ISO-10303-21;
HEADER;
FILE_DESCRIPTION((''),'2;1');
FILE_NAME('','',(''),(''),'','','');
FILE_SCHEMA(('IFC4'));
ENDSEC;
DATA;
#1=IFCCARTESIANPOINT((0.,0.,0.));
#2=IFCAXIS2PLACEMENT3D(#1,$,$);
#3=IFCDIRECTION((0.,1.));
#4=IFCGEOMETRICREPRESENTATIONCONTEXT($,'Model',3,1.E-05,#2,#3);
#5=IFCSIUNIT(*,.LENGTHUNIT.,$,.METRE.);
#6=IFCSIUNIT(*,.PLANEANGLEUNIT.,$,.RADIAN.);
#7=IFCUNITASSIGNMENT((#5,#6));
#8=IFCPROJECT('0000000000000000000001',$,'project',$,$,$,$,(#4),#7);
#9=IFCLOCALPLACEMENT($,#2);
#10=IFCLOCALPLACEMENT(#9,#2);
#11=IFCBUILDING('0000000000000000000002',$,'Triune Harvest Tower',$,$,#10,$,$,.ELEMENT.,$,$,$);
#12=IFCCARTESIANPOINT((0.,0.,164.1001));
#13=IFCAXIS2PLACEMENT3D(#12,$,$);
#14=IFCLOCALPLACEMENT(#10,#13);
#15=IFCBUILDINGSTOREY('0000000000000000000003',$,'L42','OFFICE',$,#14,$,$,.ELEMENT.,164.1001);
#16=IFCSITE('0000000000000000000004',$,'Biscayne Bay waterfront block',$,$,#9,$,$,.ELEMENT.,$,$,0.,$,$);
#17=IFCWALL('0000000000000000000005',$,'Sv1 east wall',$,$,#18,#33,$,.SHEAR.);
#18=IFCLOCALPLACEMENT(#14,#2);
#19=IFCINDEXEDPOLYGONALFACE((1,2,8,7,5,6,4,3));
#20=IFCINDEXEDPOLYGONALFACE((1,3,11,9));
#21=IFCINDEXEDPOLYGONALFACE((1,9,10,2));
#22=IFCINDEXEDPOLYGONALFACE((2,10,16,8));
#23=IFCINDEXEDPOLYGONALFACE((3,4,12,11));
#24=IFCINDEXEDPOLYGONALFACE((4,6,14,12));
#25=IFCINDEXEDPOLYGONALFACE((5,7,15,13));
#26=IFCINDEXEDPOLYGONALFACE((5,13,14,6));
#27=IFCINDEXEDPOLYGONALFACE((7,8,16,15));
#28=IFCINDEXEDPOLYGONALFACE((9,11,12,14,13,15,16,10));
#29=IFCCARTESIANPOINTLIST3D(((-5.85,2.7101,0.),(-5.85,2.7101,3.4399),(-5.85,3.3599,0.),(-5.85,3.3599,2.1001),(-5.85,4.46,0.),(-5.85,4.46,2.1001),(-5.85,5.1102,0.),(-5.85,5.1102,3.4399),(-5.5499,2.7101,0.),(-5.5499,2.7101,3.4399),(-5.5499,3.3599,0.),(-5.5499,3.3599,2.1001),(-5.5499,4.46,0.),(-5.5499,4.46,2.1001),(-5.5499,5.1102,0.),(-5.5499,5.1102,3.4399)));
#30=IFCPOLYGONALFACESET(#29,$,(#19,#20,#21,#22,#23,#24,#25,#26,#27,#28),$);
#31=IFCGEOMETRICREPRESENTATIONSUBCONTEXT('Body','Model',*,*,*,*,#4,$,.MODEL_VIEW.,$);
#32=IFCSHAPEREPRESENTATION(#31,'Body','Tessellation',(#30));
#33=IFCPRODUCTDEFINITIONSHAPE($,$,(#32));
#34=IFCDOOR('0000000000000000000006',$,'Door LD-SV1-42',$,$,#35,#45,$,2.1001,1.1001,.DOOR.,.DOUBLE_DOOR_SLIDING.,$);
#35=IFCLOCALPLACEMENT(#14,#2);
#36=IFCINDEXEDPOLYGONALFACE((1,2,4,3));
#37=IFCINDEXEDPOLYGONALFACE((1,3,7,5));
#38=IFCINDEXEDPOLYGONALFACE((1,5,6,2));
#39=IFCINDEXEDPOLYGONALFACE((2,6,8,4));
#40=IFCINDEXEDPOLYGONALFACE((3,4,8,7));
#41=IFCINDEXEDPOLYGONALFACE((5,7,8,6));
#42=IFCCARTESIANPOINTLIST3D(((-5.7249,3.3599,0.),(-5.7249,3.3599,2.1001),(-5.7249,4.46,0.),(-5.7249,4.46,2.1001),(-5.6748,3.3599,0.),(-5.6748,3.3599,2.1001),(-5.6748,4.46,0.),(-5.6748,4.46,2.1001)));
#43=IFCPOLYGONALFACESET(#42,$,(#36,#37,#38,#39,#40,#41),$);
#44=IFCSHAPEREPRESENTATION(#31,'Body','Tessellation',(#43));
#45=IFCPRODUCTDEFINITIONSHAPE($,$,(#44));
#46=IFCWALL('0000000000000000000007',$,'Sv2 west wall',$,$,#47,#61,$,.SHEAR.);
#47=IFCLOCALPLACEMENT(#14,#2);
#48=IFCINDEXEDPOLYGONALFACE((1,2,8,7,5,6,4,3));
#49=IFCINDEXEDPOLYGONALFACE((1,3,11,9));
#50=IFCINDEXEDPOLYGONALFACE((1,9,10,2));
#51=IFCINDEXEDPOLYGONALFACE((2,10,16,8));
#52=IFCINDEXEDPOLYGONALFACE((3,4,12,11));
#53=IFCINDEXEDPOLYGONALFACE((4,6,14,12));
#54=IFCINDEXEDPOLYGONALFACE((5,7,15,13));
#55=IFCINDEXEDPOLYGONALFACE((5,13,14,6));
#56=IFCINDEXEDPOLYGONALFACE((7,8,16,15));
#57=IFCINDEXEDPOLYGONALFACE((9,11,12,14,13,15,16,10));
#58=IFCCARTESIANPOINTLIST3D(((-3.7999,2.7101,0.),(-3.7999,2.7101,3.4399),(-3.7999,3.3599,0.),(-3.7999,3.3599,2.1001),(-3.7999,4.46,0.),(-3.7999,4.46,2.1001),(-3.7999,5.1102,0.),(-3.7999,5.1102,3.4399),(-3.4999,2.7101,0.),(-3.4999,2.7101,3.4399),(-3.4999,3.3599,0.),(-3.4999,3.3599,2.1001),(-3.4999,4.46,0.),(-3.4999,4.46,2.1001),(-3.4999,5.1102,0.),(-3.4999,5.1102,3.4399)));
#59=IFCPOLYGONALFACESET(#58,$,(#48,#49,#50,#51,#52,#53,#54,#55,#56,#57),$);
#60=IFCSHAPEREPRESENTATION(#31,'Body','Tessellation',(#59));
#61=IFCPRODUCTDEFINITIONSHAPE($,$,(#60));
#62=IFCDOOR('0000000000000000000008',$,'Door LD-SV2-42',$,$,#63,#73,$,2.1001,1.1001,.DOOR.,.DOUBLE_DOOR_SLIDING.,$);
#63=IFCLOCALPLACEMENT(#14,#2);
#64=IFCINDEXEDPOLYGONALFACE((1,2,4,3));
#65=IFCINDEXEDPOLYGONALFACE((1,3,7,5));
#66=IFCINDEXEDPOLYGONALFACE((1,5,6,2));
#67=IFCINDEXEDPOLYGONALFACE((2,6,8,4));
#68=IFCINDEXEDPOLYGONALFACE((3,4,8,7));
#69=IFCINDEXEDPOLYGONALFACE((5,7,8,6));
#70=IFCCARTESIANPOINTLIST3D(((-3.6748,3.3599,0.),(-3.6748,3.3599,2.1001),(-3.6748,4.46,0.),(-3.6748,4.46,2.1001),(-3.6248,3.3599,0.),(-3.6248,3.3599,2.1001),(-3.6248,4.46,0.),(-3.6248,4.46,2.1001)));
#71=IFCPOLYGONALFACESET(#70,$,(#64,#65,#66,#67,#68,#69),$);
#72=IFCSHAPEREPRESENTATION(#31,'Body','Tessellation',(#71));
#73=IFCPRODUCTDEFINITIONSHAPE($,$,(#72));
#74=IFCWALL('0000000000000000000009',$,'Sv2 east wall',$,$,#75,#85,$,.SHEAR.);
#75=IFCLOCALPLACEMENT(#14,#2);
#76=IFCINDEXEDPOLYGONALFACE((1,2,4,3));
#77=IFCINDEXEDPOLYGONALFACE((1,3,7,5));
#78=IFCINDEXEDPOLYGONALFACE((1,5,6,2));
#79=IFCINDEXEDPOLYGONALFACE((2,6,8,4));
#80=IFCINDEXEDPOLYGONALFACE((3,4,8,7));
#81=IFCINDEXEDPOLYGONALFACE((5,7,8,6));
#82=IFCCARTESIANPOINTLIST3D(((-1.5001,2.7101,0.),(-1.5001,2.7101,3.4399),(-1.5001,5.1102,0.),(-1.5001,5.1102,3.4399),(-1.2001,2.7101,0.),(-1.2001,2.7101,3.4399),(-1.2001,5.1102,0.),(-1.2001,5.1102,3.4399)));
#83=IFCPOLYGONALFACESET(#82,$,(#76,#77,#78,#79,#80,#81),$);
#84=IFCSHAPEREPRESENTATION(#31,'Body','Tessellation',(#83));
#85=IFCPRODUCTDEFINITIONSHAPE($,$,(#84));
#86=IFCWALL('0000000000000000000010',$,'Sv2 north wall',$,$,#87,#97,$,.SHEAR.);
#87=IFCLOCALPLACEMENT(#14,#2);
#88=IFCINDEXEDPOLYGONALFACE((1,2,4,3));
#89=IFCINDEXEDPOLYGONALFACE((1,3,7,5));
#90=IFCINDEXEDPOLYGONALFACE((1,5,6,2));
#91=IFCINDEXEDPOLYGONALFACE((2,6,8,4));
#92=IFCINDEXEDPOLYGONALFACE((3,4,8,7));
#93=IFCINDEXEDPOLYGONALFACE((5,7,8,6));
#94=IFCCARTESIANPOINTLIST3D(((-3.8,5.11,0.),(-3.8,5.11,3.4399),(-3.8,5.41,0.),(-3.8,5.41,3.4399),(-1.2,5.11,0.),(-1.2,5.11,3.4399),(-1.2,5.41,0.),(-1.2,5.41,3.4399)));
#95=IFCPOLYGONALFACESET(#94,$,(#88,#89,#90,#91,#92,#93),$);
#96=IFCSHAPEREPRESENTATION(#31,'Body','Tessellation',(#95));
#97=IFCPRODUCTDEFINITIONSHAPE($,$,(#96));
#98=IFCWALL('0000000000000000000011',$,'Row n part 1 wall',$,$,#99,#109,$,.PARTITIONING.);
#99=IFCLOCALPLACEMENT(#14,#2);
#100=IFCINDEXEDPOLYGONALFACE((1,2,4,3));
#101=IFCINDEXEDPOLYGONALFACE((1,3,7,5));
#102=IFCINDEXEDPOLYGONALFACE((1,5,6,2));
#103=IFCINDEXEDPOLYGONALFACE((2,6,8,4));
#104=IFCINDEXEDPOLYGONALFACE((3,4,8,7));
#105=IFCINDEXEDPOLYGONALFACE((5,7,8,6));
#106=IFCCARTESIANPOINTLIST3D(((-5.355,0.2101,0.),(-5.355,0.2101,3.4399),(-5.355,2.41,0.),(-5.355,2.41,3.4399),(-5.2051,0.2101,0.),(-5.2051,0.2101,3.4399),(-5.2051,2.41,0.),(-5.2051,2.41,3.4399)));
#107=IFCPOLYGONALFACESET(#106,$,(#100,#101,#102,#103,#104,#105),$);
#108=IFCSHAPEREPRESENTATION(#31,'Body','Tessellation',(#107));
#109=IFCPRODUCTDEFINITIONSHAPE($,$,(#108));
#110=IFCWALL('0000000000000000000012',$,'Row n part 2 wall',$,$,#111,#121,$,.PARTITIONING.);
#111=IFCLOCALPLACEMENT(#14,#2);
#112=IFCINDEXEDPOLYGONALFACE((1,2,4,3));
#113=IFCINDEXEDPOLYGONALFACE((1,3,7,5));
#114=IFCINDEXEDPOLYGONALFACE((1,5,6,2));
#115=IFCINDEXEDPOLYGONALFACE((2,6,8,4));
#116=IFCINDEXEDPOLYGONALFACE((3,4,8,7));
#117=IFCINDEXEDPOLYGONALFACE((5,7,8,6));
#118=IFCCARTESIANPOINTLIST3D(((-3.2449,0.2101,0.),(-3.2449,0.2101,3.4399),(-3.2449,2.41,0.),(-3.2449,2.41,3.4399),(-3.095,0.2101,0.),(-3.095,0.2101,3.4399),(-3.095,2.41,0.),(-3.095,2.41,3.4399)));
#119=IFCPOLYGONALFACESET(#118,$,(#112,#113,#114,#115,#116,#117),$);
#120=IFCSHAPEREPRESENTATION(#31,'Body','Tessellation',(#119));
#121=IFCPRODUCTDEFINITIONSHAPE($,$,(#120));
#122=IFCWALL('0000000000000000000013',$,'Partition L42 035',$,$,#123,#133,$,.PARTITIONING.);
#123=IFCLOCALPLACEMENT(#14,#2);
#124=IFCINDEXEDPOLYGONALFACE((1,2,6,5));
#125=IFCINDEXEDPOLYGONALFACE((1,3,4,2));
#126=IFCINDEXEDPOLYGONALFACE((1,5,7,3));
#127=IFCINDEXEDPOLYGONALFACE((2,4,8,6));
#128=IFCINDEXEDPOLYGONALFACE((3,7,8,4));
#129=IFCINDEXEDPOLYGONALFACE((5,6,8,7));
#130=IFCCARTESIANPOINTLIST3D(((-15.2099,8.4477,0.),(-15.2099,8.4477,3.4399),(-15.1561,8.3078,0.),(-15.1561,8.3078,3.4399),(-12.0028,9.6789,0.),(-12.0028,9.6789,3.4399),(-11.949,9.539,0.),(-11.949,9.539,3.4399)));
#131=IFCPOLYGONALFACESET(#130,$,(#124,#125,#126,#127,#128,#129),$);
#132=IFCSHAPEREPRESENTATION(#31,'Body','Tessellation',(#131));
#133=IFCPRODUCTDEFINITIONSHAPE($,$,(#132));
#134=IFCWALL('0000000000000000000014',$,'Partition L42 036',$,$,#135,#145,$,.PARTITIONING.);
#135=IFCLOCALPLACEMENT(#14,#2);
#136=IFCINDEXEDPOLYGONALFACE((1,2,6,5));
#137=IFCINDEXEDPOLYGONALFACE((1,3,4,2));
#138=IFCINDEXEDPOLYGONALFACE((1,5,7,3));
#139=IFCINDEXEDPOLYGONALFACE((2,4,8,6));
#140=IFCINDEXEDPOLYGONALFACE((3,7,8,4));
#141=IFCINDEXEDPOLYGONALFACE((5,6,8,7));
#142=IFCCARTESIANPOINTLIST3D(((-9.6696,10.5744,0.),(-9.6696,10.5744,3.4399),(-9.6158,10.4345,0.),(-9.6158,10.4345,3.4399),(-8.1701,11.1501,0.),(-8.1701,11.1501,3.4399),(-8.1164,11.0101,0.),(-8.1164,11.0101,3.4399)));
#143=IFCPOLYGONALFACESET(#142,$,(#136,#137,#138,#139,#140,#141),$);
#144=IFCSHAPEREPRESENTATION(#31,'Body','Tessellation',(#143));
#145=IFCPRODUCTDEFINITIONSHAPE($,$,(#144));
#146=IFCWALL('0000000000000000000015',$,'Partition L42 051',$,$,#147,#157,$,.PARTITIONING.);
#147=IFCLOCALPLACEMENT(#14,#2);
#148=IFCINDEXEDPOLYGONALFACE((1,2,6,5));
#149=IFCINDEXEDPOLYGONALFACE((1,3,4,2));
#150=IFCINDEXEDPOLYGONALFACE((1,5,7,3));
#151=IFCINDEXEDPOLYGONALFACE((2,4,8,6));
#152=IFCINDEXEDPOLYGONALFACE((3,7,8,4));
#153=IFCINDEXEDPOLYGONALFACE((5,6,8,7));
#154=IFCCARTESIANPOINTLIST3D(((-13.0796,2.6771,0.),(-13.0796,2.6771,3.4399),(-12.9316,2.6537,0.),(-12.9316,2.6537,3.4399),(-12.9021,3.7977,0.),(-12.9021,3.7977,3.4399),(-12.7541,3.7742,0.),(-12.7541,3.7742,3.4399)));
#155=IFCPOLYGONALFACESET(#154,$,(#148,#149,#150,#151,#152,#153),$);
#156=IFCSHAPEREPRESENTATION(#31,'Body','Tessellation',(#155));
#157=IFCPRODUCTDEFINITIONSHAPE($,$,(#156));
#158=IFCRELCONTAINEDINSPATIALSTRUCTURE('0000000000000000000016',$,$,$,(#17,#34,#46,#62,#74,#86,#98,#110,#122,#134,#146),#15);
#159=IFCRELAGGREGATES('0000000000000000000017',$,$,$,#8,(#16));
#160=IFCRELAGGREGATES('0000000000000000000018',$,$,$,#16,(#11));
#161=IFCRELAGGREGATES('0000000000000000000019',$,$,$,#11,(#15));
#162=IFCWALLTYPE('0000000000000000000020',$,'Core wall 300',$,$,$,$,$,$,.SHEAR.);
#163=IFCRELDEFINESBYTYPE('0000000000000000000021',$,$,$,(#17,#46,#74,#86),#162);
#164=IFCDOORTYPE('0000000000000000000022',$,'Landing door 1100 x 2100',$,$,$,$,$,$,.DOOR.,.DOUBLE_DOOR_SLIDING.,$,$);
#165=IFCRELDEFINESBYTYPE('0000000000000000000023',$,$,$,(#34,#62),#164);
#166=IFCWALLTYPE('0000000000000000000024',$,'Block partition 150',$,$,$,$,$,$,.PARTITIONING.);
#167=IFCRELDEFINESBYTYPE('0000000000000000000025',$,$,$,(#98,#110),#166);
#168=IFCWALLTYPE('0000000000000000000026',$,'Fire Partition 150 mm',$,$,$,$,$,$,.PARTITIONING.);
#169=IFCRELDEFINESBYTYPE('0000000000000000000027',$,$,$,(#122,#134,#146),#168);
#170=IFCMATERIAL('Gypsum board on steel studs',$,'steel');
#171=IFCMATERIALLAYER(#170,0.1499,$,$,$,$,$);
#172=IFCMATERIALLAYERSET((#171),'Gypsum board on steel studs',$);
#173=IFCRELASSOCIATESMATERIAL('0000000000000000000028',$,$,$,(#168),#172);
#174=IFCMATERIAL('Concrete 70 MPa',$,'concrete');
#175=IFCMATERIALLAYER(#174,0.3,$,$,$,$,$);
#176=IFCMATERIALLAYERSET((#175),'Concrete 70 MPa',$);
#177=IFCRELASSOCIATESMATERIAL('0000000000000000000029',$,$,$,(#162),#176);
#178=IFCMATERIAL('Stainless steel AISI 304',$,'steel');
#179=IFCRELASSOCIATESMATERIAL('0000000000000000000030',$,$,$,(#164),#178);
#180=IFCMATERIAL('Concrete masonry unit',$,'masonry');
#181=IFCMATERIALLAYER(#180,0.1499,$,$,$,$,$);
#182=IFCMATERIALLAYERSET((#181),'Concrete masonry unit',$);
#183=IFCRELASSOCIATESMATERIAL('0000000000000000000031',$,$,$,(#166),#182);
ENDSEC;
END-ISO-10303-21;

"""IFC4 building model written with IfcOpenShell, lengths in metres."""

from ifc_helpers import new_model, si_unit, direction, frame, frame_2d, origin, place, context, subcontext, project, spatial, rectangle, extrude, source, transform, mapped, material, layer, layer_set, type_object, element, fill, save


model = new_model("IFC4")

# Units and contexts
model_context = context("Model", 3, precision=1e-05, world=origin(), true_north=direction((0.0, 1.0)))
body_context = subcontext(model_context, "Body", "Model", "MODEL_VIEW")
ifc_project = project(units=[si_unit("LENGTHUNIT", "METRE"), si_unit("PLANEANGLEUNIT", "RADIAN")], contexts=[model_context])

# Site, building, storey
site_placement = place(None, origin())
site = spatial("IfcSite", under=ifc_project, at=site_placement, Name="Biscayne Bay waterfront block", CompositionType="ELEMENT", RefElevation=0.0)
building_placement = place(site_placement, origin())
building = spatial("IfcBuilding", under=site, at=building_placement, Name="Triune Harvest Tower", CompositionType="ELEMENT")
storey_placement = place(building_placement, frame((0.0, 0.0, 164.1001)))
storey = spatial("IfcBuildingStorey", under=building, at=storey_placement, Name="L42", Description="OFFICE", CompositionType="ELEMENT", Elevation=164.1001)

# Shared definitions
ifc_material_1 = material(Name="Gypsum board on steel studs", Category="steel")
ifc_layer_1 = layer(ifc_material_1, 0.1499)
ifc_layer_set_1 = layer_set([ifc_layer_1], Name="Gypsum board on steel studs")
wall_type_1 = type_object("IfcWallType", Name="Fire Partition 150 mm", PredefinedType="PARTITIONING", material=ifc_layer_set_1)

# Shared definitions
ifc_material_2 = material(Name="Concrete 70 MPa", Category="concrete")
ifc_layer_2 = layer(ifc_material_2, 0.3)
ifc_layer_set_2 = layer_set([ifc_layer_2], Name="Concrete 70 MPa")
wall_type_2 = type_object("IfcWallType", Name="Core wall 300", PredefinedType="SHEAR", material=ifc_layer_set_2)

# Shared definitions
shared_shape_1 = source(origin(), body_context, "Body", "SweptSolid", [
    extrude(rectangle(XDim=2.4001, YDim=0.3, at=frame_2d((1.2002, 0.0))), origin(), (0.0, 0.0, 1.0), 3.4399),
])

# Walls, openings, doors
wall_1_placement = place(storey_placement, frame((-5.7, 2.71, 0.0), z_axis=(0.0, 0.0, 1.0), x_axis=(0.0, 1.0, 0.0)))
wall_1 = element("IfcWall", 1, at=wall_1_placement, inside=storey, type_object=wall_type_2, Name="Sv1 east wall", PredefinedType="SHEAR", context=body_context, shape_type="MappedRepresentation", body=[
    mapped(shared_shape_1, transform((0.0, 0.0, 0.0), scale=1.0)),
])
opening_1_placement = place(wall_1_placement, frame((0.6499, 0.0, 0.0)))
opening_1 = element("IfcOpeningElement", 2, at=opening_1_placement, cuts=wall_1, PredefinedType="OPENING", context=body_context, shape_type="SweptSolid", body=[
    extrude(rectangle(XDim=1.1001, YDim=2.1001, at=frame_2d((0.55, 1.05))), frame((0.0, 0.1602, 0.0), z_axis=(0.0, -1.0, 0.0), x_axis=(1.0, 0.0, 0.0)), (0.0, 0.0, 1.0), 0.3201),
])
ifc_material_3 = material(Name="Stainless steel AISI 304", Category="steel")
door_type_1 = type_object("IfcDoorType", Name="Landing door 1100 x 2100", OperationType="DOUBLE_DOOR_SLIDING", PredefinedType="DOOR", material=ifc_material_3)
door_1_placement = place(opening_1_placement, origin())
door_1 = element("IfcDoor", 3, at=door_1_placement, inside=storey, type_object=door_type_1, Name="Door LD-SV1-42", OperationType="DOUBLE_DOOR_SLIDING", OverallHeight=2.1001, OverallWidth=1.1001, PredefinedType="DOOR", context=body_context, shape_type="SweptSolid", body=[
    extrude(rectangle(XDim=1.1001, YDim=2.1001, at=frame_2d((0.55, 1.05))), frame((0.0, 0.0249, 0.0), z_axis=(0.0, -1.0, 0.0), x_axis=(1.0, 0.0, 0.0)), (0.0, 0.0, 1.0), 0.05),
])
fill(opening_1, door_1)
wall_2_placement = place(storey_placement, frame((-3.6499, 2.71, 0.0), z_axis=(0.0, 0.0, 1.0), x_axis=(0.0, 1.0, 0.0)))
wall_2 = element("IfcWall", 4, at=wall_2_placement, inside=storey, type_object=wall_type_2, Name="Sv2 west wall", PredefinedType="SHEAR", context=body_context, shape_type="MappedRepresentation", body=[
    mapped(shared_shape_1, transform((0.0, 0.0, 0.0), scale=1.0)),
])
opening_2_placement = place(wall_2_placement, frame((0.6499, 0.0, 0.0)))
opening_2 = element("IfcOpeningElement", 5, at=opening_2_placement, cuts=wall_2, PredefinedType="OPENING", context=body_context, shape_type="SweptSolid", body=[
    extrude(rectangle(XDim=1.1001, YDim=2.1001, at=frame_2d((0.55, 1.05))), frame((0.0, 0.1602, 0.0), z_axis=(0.0, -1.0, 0.0), x_axis=(1.0, 0.0, 0.0)), (0.0, 0.0, 1.0), 0.3201),
])
door_2_placement = place(opening_2_placement, origin())
door_2 = element("IfcDoor", 6, at=door_2_placement, inside=storey, type_object=door_type_1, Name="Door LD-SV2-42", OperationType="DOUBLE_DOOR_SLIDING", OverallHeight=2.1001, OverallWidth=1.1001, PredefinedType="DOOR", context=body_context, shape_type="SweptSolid", body=[
    extrude(rectangle(XDim=1.1001, YDim=2.1001, at=frame_2d((0.55, 1.05))), frame((0.0, 0.0249, 0.0), z_axis=(0.0, -1.0, 0.0), x_axis=(1.0, 0.0, 0.0)), (0.0, 0.0, 1.0), 0.05),
])
fill(opening_2, door_2)

# Walls
wall_3_placement = place(storey_placement, frame((-1.3501, 2.71, 0.0), z_axis=(0.0, 0.0, 1.0), x_axis=(0.0, 1.0, 0.0)))
element("IfcWall", 7, at=wall_3_placement, inside=storey, type_object=wall_type_2, Name="Sv2 east wall", PredefinedType="SHEAR", context=body_context, shape_type="MappedRepresentation", body=[
    mapped(shared_shape_1, transform((0.0, 0.0, 0.0), scale=1.0)),
])
shared_shape_2 = source(origin(), body_context, "Body", "SweptSolid", [
    extrude(rectangle(XDim=2.6001, YDim=0.3, at=frame_2d((1.3, 0.0))), origin(), (0.0, 0.0, 1.0), 3.4399),
])
wall_4_placement = place(storey_placement, frame((-3.8, 5.26, 0.0), z_axis=(0.0, 0.0, 1.0), x_axis=(1.0, 0.0, 0.0)))
element("IfcWall", 8, at=wall_4_placement, inside=storey, type_object=wall_type_2, Name="Sv2 north wall", PredefinedType="SHEAR", context=body_context, shape_type="MappedRepresentation", body=[
    mapped(shared_shape_2, transform((0.0, 0.0, 0.0), scale=1.0)),
])
ifc_material_4 = material(Name="Concrete masonry unit", Category="masonry")
ifc_layer_3 = layer(ifc_material_4, 0.1499)
ifc_layer_set_3 = layer_set([ifc_layer_3], Name="Concrete masonry unit")
wall_type_3 = type_object("IfcWallType", Name="Block partition 150", PredefinedType="PARTITIONING", material=ifc_layer_set_3)
shared_shape_3 = source(origin(), body_context, "Body", "SweptSolid", [
    extrude(rectangle(XDim=2.2, YDim=0.1499, at=frame_2d((1.1001, 0.0))), origin(), (0.0, 0.0, 1.0), 3.4399),
])
for number, where, z_axis, x_axis, name in (
    (9, (-5.28, 0.21, 0.0), (0.0, 0.0, 1.0), (0.0, 1.0, 0.0), "Row n part 1 wall"),
    (10, (-3.1699, 0.21, 0.0), (0.0, 0.0, 1.0), (0.0, 1.0, 0.0), "Row n part 2 wall"),
):
    element("IfcWall", number, at=place(storey_placement, frame(where, z_axis=z_axis, x_axis=x_axis)), inside=storey, type_object=wall_type_3, Name=name, PredefinedType="PARTITIONING", context=body_context, shape_type="MappedRepresentation", body=[
        mapped(shared_shape_3, transform((0.0, 0.0, 0.0), scale=1.0)),
    ])
shared_shape_4 = source(origin(), body_context, "Body", "SweptSolid", [
    extrude(rectangle(XDim=3.4353, YDim=0.1499, at=frame_2d((1.7178, 0.0))), origin(), (0.0, 0.0, 1.0), 3.4399),
])
wall_5_placement = place(storey_placement, frame((-15.1831, 8.3777, 0.0), z_axis=(0.0, 0.0, 1.0), x_axis=(0.933567, 0.358403, 0.0)))
element("IfcWall", 11, at=wall_5_placement, inside=storey, type_object=wall_type_1, Name="Partition L42 035", PredefinedType="PARTITIONING", context=body_context, shape_type="MappedRepresentation", body=[
    mapped(shared_shape_4, transform((0.0, 0.0, 0.0), scale=1.0)),
])
shared_shape_5 = source(origin(), body_context, "Body", "SweptSolid", [
    extrude(rectangle(XDim=1.6062, YDim=0.1499, at=frame_2d((0.8032, 0.0))), origin(), (0.0, 0.0, 1.0), 3.4399),
])
wall_6_placement = place(storey_placement, frame((-9.6428, 10.5044, 0.0), z_axis=(0.0, 0.0, 1.0), x_axis=(0.933565, 0.358409, 0.0)))
element("IfcWall", 12, at=wall_6_placement, inside=storey, type_object=wall_type_1, Name="Partition L42 036", PredefinedType="PARTITIONING", context=body_context, shape_type="MappedRepresentation", body=[
    mapped(shared_shape_5, transform((0.0, 0.0, 0.0), scale=1.0)),
])
shared_shape_6 = source(origin(), body_context, "Body", "SweptSolid", [
    extrude(rectangle(XDim=1.1345, YDim=0.1499, at=frame_2d((0.5674, 0.0))), origin(), (0.0, 0.0, 1.0), 3.4399),
])
wall_7_placement = place(storey_placement, frame((-13.0056, 2.6653, 0.0), z_axis=(0.0, 0.0, 1.0), x_axis=(0.156438, 0.987688, 0.0)))
element("IfcWall", 13, at=wall_7_placement, inside=storey, type_object=wall_type_1, Name="Partition L42 051", PredefinedType="PARTITIONING", context=body_context, shape_type="MappedRepresentation", body=[
    mapped(shared_shape_6, transform((0.0, 0.0, 0.0), scale=1.0)),
])

save(model, "model.ifc")
